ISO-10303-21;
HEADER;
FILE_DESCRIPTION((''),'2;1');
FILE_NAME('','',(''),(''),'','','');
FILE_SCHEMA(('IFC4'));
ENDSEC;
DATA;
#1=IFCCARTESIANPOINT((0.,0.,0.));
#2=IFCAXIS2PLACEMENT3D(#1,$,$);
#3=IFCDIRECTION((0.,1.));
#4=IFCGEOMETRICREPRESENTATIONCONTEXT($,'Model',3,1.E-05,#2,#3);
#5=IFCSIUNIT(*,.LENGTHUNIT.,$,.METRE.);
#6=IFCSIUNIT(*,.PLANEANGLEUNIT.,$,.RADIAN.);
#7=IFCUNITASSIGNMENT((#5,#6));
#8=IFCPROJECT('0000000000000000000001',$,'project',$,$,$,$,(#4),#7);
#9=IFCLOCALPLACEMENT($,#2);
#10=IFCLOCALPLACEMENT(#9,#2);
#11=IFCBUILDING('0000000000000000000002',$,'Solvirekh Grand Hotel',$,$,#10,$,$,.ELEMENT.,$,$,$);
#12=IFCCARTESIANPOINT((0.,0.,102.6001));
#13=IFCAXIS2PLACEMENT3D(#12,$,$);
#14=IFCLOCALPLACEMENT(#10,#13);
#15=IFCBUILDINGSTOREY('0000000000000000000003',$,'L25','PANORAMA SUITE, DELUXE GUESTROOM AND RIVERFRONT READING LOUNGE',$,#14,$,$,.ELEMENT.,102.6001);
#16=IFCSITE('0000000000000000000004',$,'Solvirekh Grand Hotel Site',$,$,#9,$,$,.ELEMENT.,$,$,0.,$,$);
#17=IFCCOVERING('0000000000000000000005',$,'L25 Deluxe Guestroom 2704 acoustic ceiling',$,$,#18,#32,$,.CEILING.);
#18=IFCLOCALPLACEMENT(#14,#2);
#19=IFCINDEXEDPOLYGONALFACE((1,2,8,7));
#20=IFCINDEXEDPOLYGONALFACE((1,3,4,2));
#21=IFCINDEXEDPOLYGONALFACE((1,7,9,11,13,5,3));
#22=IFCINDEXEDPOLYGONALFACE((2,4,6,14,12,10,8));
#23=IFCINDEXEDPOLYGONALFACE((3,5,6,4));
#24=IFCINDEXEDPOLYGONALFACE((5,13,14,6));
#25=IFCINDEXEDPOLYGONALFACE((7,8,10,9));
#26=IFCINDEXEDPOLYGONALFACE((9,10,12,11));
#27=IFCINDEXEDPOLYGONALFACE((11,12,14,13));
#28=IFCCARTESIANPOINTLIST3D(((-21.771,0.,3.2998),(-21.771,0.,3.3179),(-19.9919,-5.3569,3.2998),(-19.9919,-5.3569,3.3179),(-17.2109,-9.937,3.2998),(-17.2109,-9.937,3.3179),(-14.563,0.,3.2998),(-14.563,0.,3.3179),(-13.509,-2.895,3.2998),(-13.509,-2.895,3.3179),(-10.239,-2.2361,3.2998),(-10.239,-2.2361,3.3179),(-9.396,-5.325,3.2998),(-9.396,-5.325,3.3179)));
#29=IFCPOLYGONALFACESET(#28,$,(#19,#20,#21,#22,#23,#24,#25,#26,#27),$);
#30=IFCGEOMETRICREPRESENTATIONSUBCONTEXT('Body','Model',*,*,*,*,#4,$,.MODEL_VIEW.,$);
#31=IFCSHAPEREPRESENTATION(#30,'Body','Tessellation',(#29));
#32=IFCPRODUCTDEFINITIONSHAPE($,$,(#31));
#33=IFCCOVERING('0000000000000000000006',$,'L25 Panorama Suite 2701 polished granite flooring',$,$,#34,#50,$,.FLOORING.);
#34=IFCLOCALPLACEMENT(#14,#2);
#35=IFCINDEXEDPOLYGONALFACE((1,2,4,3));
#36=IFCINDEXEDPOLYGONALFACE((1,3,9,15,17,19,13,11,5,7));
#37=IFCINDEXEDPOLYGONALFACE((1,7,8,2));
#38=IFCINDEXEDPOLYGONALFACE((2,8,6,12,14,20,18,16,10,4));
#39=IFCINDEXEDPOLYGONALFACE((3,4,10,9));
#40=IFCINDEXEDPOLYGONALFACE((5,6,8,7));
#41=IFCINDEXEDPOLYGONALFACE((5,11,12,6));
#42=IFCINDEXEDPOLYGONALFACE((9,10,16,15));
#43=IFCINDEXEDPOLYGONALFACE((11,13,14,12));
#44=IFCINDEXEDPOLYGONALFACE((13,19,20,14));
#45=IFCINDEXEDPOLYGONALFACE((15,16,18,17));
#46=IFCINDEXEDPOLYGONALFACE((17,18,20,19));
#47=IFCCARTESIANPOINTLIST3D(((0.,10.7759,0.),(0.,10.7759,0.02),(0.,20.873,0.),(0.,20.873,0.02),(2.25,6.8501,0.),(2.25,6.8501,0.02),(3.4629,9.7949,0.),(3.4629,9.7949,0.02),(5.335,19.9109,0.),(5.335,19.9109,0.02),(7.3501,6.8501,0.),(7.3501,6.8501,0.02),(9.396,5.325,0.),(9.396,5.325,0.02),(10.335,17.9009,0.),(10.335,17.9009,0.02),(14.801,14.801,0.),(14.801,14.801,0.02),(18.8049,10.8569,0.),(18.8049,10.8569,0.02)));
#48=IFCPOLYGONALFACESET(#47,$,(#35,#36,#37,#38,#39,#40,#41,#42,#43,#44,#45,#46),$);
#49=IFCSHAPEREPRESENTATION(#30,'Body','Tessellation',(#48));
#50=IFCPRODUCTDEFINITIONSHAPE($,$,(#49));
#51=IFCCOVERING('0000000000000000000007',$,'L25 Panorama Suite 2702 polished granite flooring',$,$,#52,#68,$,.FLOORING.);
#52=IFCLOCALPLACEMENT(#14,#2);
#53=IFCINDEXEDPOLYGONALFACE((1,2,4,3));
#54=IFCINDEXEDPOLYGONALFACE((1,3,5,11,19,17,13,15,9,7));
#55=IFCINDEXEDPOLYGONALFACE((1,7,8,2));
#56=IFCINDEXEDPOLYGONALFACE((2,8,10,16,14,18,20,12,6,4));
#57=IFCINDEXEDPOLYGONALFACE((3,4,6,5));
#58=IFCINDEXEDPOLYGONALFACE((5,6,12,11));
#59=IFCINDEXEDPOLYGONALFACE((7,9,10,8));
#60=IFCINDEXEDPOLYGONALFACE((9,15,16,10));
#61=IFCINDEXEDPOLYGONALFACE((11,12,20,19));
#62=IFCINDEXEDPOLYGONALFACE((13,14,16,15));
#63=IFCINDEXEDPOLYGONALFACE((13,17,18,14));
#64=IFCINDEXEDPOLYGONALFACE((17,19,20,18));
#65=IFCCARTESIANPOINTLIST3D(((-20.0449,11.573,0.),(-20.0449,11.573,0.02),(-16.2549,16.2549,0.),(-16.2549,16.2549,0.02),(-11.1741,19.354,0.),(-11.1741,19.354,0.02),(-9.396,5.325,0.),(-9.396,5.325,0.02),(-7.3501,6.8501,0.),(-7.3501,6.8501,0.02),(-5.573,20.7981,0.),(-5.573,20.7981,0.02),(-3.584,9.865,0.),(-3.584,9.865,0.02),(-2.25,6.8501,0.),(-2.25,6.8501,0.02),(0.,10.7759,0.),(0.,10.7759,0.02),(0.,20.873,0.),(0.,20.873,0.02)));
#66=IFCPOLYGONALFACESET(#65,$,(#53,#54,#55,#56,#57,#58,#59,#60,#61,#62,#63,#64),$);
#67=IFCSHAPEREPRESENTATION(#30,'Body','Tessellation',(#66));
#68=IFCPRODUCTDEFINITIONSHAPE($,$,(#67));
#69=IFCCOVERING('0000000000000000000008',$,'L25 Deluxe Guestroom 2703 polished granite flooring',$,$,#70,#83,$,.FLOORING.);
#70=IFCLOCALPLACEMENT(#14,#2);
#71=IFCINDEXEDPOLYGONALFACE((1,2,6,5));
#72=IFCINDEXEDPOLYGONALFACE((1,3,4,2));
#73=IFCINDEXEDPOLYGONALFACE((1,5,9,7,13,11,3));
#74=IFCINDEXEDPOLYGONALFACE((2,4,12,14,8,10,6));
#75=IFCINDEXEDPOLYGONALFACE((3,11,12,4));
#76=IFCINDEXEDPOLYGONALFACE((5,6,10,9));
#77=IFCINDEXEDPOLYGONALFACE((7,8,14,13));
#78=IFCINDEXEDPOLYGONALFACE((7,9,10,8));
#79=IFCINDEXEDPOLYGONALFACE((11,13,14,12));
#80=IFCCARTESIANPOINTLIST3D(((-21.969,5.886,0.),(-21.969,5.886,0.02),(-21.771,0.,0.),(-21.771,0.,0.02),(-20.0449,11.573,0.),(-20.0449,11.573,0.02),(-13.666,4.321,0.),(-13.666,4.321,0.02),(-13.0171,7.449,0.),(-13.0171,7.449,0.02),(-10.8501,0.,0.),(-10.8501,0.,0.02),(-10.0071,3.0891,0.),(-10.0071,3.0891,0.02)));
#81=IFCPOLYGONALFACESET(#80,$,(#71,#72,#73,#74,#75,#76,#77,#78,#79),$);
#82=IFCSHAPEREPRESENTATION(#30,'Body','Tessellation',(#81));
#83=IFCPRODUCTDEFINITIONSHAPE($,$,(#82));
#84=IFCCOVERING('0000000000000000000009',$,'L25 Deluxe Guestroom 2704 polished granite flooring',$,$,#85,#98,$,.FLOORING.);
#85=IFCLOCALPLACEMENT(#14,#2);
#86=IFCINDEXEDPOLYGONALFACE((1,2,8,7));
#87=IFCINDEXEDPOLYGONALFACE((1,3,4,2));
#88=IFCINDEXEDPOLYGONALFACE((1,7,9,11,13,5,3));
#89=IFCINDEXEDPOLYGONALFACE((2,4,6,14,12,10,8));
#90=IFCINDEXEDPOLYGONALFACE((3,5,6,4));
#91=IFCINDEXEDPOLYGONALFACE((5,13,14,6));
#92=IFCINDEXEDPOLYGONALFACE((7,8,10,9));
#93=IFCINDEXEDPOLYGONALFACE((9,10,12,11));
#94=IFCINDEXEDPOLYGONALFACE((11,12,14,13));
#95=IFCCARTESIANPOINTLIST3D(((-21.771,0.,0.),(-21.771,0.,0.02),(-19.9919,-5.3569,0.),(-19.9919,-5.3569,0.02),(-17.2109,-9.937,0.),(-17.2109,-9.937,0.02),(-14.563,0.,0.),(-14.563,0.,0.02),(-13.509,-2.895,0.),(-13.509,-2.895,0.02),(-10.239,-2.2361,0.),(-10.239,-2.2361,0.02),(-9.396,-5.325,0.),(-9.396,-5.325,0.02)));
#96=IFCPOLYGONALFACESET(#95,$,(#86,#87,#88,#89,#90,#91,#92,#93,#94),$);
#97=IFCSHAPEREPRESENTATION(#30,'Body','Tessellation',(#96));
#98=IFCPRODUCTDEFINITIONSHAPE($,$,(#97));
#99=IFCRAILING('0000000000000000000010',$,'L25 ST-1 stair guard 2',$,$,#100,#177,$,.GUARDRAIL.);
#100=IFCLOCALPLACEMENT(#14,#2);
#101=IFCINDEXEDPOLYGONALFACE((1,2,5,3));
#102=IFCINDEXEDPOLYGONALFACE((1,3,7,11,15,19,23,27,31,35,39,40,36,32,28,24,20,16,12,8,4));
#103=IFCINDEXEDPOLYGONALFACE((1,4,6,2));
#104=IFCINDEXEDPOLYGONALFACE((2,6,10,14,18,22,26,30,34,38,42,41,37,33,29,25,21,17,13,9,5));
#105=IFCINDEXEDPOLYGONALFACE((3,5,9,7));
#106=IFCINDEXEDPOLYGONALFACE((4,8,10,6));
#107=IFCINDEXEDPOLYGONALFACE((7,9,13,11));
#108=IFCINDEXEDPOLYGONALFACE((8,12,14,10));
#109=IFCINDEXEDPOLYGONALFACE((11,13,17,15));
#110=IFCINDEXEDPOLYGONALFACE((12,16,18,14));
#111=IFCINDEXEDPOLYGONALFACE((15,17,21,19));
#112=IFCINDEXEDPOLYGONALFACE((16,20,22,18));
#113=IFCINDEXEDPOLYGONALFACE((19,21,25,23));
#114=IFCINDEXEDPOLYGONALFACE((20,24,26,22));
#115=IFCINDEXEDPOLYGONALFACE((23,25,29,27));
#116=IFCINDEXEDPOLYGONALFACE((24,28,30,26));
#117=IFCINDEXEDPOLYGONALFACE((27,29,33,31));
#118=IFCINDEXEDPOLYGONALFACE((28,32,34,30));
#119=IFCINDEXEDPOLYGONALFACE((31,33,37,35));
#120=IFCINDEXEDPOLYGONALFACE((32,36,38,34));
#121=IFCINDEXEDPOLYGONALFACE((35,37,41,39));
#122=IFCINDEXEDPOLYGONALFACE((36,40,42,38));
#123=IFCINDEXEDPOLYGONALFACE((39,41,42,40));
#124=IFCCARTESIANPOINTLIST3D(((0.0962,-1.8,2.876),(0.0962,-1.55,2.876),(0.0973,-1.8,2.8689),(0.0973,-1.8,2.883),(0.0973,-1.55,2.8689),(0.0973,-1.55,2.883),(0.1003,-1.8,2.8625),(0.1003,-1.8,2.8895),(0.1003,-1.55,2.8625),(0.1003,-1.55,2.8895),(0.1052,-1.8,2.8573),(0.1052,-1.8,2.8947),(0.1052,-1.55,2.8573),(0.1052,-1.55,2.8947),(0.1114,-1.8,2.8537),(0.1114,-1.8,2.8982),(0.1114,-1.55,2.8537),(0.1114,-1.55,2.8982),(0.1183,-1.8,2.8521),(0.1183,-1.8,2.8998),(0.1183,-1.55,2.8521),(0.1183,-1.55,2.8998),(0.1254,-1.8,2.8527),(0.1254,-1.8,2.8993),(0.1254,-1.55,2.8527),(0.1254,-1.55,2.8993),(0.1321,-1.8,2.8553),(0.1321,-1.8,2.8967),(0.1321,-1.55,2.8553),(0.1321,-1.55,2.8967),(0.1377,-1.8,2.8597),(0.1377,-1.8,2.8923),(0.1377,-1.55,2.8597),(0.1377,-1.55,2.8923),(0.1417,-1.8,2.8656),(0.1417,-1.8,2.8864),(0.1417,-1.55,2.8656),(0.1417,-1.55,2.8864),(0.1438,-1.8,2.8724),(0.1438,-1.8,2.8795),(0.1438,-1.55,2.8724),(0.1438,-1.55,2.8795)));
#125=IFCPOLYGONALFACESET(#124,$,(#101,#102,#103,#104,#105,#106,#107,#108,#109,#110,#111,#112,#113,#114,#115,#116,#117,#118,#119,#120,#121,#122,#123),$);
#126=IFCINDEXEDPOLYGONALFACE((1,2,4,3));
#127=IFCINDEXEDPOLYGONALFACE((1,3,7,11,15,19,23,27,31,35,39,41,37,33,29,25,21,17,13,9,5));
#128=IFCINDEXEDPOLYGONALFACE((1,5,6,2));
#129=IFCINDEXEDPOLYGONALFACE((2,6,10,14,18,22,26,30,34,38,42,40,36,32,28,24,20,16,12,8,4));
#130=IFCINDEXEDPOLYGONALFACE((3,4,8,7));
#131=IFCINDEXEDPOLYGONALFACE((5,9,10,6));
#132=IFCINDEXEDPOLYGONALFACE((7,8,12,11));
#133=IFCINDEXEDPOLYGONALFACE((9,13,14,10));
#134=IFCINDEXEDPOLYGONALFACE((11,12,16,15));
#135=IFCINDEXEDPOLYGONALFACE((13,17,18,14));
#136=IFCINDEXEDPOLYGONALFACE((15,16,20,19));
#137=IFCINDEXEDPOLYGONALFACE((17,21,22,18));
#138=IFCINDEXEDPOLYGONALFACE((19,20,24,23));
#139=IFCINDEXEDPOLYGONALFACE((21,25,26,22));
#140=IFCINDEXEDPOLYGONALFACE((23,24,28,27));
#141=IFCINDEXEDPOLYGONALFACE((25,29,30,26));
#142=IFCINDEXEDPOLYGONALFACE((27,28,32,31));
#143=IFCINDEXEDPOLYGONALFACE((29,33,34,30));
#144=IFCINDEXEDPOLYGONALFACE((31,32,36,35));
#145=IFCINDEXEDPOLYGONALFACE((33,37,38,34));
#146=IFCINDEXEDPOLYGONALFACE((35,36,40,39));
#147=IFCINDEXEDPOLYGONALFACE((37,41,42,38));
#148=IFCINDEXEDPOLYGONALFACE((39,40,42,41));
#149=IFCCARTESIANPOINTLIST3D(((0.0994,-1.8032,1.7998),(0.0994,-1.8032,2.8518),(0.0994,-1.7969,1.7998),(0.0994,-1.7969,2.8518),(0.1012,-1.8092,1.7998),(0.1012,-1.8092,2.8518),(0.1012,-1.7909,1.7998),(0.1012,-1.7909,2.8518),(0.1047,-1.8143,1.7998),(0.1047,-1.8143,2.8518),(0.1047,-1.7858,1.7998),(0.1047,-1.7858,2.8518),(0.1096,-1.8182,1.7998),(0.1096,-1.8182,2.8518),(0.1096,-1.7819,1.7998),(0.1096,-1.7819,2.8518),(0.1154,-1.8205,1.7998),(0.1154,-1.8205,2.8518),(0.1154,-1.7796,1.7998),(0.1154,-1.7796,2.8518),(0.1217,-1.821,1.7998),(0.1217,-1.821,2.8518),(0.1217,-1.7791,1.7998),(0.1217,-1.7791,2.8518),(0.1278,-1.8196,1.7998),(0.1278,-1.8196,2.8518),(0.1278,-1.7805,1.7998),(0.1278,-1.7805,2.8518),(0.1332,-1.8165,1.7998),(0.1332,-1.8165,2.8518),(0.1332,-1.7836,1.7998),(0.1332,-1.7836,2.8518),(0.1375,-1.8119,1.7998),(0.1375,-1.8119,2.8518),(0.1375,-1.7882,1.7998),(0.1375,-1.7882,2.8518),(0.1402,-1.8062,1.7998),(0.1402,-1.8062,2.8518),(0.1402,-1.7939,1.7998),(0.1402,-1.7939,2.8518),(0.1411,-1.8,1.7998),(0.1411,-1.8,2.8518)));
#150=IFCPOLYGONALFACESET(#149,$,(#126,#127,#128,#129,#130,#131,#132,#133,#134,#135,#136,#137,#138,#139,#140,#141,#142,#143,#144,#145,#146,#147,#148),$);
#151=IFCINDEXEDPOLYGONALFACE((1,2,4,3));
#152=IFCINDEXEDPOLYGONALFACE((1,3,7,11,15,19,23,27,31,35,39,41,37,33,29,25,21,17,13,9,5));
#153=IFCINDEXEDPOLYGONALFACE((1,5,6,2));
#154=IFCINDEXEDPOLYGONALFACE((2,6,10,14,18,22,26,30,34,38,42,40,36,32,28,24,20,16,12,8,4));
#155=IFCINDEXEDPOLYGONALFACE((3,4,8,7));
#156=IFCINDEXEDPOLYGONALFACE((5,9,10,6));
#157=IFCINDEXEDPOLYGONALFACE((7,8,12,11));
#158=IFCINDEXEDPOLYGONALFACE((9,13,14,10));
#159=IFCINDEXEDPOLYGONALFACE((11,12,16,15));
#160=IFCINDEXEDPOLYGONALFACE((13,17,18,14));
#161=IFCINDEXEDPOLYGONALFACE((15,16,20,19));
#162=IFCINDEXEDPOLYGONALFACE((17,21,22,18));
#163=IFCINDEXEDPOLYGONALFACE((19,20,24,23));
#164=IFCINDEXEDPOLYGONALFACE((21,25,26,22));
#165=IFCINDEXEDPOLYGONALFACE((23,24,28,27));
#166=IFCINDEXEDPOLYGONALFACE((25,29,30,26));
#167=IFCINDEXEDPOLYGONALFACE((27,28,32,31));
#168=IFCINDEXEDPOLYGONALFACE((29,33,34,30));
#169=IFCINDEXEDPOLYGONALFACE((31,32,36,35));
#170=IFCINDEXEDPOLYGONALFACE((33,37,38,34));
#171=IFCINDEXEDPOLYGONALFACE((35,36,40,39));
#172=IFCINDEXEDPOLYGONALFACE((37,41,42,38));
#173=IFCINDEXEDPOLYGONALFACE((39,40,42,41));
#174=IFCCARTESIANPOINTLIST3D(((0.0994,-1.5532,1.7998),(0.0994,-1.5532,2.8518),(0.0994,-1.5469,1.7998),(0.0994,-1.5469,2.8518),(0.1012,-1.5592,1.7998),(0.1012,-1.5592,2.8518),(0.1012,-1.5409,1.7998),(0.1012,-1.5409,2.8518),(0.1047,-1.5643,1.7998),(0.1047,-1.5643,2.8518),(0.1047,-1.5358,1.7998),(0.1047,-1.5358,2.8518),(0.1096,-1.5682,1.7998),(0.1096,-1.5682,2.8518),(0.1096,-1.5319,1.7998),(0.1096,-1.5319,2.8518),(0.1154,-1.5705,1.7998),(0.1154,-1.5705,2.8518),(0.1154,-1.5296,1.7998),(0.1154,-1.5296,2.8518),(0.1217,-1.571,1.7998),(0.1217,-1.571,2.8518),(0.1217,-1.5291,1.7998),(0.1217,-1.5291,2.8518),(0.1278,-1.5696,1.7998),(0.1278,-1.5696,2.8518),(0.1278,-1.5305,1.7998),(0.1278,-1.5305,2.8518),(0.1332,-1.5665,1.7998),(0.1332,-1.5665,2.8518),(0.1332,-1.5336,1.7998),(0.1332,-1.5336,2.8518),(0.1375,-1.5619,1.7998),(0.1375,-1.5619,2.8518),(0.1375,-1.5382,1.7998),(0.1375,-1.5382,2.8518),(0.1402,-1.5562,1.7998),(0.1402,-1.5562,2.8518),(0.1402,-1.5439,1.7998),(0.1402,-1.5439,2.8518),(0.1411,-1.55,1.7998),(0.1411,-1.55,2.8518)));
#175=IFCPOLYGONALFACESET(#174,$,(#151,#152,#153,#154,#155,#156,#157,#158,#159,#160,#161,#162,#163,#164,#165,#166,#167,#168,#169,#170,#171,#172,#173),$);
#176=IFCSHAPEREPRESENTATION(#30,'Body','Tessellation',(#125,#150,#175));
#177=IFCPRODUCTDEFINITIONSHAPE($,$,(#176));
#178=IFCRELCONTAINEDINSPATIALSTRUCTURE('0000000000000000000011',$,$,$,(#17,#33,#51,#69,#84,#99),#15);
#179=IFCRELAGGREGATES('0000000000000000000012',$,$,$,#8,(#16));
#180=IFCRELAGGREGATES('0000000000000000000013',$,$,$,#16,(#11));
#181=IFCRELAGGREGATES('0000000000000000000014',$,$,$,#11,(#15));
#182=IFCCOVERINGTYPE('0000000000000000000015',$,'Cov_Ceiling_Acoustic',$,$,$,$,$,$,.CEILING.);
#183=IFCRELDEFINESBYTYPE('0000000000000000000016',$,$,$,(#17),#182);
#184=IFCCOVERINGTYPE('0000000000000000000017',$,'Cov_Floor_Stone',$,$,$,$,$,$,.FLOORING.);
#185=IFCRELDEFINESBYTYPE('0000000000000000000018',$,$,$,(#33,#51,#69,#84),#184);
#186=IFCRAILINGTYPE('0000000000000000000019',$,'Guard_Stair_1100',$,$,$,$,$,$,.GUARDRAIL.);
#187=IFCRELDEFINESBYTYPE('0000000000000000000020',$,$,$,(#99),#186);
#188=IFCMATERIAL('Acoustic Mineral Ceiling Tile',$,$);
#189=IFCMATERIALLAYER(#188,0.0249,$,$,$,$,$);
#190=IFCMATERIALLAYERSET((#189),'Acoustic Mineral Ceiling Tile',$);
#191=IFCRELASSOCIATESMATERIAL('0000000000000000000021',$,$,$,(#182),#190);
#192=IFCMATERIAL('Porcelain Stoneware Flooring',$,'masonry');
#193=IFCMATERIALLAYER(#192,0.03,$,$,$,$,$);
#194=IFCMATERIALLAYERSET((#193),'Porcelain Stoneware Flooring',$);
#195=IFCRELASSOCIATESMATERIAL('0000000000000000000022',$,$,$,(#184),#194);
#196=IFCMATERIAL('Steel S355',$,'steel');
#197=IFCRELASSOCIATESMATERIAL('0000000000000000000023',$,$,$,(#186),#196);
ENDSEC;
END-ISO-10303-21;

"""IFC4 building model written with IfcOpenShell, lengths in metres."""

from ifc_helpers import new_model, si_unit, direction, frame, origin, origin_2d, place, context, subcontext, project, spatial, polyline, circle, outline, extrude, material, layer, layer_set, type_object, element, save


model = new_model("IFC4")

# Units and contexts
model_context = context("Model", 3, precision=1e-05, world=origin(), true_north=direction((0.0, 1.0)))
body_context = subcontext(model_context, "Body", "Model", "MODEL_VIEW")
ifc_project = project(units=[si_unit("LENGTHUNIT", "METRE"), si_unit("PLANEANGLEUNIT", "RADIAN")], contexts=[model_context])

# Site, building, storey
site_placement = place(None, origin())
site = spatial("IfcSite", under=ifc_project, at=site_placement, Name="Solvirekh Grand Hotel Site", CompositionType="ELEMENT", RefElevation=0.0)
building_placement = place(site_placement, origin())
building = spatial("IfcBuilding", under=site, at=building_placement, Name="Solvirekh Grand Hotel", CompositionType="ELEMENT")
storey_placement = place(building_placement, frame((0.0, 0.0, 102.6001)))
storey = spatial("IfcBuildingStorey", under=building, at=storey_placement, Name="L25", Description="PANORAMA SUITE, DELUXE GUESTROOM AND RIVERFRONT READING LOUNGE", CompositionType="ELEMENT", Elevation=102.6001)

# Coverings
ifc_material_1 = material(Name="Acoustic Mineral Ceiling Tile")
ifc_layer_1 = layer(ifc_material_1, 0.0249)
ifc_layer_set_1 = layer_set([ifc_layer_1], Name="Acoustic Mineral Ceiling Tile")
covering_type_1 = type_object("IfcCoveringType", Name="Cov_Ceiling_Acoustic", PredefinedType="CEILING", material=ifc_layer_set_1)
covering_1_placement = place(storey_placement, frame((0.0, 0.0, 3.2998)))
element("IfcCovering", 1, at=covering_1_placement, inside=storey, type_object=covering_type_1, Name="L25 Deluxe Guestroom 2704 acoustic ceiling", PredefinedType="CEILING", context=body_context, shape_type="SweptSolid", body=[
    extrude(outline(polyline([(-13.509, -2.895), (-14.563, 0.0), (-21.771, 0.0), (-19.9919, -5.3569), (-17.2109, -9.937), (-9.396, -5.325), (-10.239, -2.2361), (-13.509, -2.895)])), origin(), (0.0, 0.0, 1.0), 0.0181),
])
ifc_material_2 = material(Name="Porcelain Stoneware Flooring", Category="masonry")
ifc_layer_2 = layer(ifc_material_2, 0.03)
ifc_layer_set_2 = layer_set([ifc_layer_2], Name="Porcelain Stoneware Flooring")
covering_type_2 = type_object("IfcCoveringType", Name="Cov_Floor_Stone", PredefinedType="FLOORING", material=ifc_layer_set_2)
covering_2_placement = place(storey_placement, origin())
element("IfcCovering", 2, at=covering_2_placement, inside=storey, type_object=covering_type_2, Name="L25 Panorama Suite 2701 polished granite flooring", PredefinedType="FLOORING", context=body_context, shape_type="SweptSolid", body=[
    extrude(outline(polyline([(0.0, 10.7759), (3.4629, 9.7949), (2.25, 6.8501), (7.3501, 6.8501), (9.396, 5.325), (18.8049, 10.8569), (14.801, 14.801), (10.335, 17.9009), (5.335, 19.9109), (0.0, 20.873), (0.0, 10.7759)])), origin(), (0.0, 0.0, 1.0), 0.02),
])
covering_3_placement = place(storey_placement, origin())
element("IfcCovering", 3, at=covering_3_placement, inside=storey, type_object=covering_type_2, Name="L25 Panorama Suite 2702 polished granite flooring", PredefinedType="FLOORING", context=body_context, shape_type="SweptSolid", body=[
    extrude(outline(polyline([(-2.25, 6.8501), (-3.584, 9.865), (0.0, 10.7759), (0.0, 20.873), (-5.573, 20.7981), (-11.1741, 19.354), (-16.2549, 16.2549), (-20.0449, 11.573), (-9.396, 5.325), (-7.3501, 6.8501), (-2.25, 6.8501)])), origin(), (0.0, 0.0, 1.0), 0.02),
])
covering_4_placement = place(storey_placement, origin())
element("IfcCovering", 4, at=covering_4_placement, inside=storey, type_object=covering_type_2, Name="L25 Deluxe Guestroom 2703 polished granite flooring", PredefinedType="FLOORING", context=body_context, shape_type="SweptSolid", body=[
    extrude(outline(polyline([(-13.666, 4.321), (-13.0171, 7.449), (-20.0449, 11.573), (-21.969, 5.886), (-21.771, 0.0), (-10.8501, 0.0), (-10.0071, 3.0891), (-13.666, 4.321)])), origin(), (0.0, 0.0, 1.0), 0.02),
])
covering_5_placement = place(storey_placement, origin())
element("IfcCovering", 5, at=covering_5_placement, inside=storey, type_object=covering_type_2, Name="L25 Deluxe Guestroom 2704 polished granite flooring", PredefinedType="FLOORING", context=body_context, shape_type="SweptSolid", body=[
    extrude(outline(polyline([(-13.509, -2.895), (-14.563, 0.0), (-21.771, 0.0), (-19.9919, -5.3569), (-17.2109, -9.937), (-9.396, -5.325), (-10.239, -2.2361), (-13.509, -2.895)])), origin(), (0.0, 0.0, 1.0), 0.02),
])

# Railing
ifc_material_3 = material(Name="Steel S355", Category="steel")
railing_type_1 = type_object("IfcRailingType", Name="Guard_Stair_1100", PredefinedType="GUARDRAIL", material=ifc_material_3)
railing_1_placement = place(storey_placement, frame((0.1201, -1.8, 1.7998)))
element("IfcRailing", 6, at=railing_1_placement, inside=storey, type_object=railing_type_1, Name="L25 ST-1 stair guard 2", PredefinedType="GUARDRAIL", context=body_context, shape_type="SweptSolid", body=[
    extrude(circle(Radius=0.0239, at=origin_2d()), frame((0.0, 0.0, 1.0762), z_axis=(0.0, 1.0, 0.0), x_axis=(-1.0, 0.0, 0.0)), (0.0, 0.0, 1.0), 0.25),
    extrude(circle(Radius=0.021, at=origin_2d()), origin(), (0.0, 0.0, 1.0), 1.052),
    extrude(circle(Radius=0.021, at=origin_2d()), frame((0.0, 0.25, 0.0)), (0.0, 0.0, 1.0), 1.052),
])

save(model, "model.ifc")
